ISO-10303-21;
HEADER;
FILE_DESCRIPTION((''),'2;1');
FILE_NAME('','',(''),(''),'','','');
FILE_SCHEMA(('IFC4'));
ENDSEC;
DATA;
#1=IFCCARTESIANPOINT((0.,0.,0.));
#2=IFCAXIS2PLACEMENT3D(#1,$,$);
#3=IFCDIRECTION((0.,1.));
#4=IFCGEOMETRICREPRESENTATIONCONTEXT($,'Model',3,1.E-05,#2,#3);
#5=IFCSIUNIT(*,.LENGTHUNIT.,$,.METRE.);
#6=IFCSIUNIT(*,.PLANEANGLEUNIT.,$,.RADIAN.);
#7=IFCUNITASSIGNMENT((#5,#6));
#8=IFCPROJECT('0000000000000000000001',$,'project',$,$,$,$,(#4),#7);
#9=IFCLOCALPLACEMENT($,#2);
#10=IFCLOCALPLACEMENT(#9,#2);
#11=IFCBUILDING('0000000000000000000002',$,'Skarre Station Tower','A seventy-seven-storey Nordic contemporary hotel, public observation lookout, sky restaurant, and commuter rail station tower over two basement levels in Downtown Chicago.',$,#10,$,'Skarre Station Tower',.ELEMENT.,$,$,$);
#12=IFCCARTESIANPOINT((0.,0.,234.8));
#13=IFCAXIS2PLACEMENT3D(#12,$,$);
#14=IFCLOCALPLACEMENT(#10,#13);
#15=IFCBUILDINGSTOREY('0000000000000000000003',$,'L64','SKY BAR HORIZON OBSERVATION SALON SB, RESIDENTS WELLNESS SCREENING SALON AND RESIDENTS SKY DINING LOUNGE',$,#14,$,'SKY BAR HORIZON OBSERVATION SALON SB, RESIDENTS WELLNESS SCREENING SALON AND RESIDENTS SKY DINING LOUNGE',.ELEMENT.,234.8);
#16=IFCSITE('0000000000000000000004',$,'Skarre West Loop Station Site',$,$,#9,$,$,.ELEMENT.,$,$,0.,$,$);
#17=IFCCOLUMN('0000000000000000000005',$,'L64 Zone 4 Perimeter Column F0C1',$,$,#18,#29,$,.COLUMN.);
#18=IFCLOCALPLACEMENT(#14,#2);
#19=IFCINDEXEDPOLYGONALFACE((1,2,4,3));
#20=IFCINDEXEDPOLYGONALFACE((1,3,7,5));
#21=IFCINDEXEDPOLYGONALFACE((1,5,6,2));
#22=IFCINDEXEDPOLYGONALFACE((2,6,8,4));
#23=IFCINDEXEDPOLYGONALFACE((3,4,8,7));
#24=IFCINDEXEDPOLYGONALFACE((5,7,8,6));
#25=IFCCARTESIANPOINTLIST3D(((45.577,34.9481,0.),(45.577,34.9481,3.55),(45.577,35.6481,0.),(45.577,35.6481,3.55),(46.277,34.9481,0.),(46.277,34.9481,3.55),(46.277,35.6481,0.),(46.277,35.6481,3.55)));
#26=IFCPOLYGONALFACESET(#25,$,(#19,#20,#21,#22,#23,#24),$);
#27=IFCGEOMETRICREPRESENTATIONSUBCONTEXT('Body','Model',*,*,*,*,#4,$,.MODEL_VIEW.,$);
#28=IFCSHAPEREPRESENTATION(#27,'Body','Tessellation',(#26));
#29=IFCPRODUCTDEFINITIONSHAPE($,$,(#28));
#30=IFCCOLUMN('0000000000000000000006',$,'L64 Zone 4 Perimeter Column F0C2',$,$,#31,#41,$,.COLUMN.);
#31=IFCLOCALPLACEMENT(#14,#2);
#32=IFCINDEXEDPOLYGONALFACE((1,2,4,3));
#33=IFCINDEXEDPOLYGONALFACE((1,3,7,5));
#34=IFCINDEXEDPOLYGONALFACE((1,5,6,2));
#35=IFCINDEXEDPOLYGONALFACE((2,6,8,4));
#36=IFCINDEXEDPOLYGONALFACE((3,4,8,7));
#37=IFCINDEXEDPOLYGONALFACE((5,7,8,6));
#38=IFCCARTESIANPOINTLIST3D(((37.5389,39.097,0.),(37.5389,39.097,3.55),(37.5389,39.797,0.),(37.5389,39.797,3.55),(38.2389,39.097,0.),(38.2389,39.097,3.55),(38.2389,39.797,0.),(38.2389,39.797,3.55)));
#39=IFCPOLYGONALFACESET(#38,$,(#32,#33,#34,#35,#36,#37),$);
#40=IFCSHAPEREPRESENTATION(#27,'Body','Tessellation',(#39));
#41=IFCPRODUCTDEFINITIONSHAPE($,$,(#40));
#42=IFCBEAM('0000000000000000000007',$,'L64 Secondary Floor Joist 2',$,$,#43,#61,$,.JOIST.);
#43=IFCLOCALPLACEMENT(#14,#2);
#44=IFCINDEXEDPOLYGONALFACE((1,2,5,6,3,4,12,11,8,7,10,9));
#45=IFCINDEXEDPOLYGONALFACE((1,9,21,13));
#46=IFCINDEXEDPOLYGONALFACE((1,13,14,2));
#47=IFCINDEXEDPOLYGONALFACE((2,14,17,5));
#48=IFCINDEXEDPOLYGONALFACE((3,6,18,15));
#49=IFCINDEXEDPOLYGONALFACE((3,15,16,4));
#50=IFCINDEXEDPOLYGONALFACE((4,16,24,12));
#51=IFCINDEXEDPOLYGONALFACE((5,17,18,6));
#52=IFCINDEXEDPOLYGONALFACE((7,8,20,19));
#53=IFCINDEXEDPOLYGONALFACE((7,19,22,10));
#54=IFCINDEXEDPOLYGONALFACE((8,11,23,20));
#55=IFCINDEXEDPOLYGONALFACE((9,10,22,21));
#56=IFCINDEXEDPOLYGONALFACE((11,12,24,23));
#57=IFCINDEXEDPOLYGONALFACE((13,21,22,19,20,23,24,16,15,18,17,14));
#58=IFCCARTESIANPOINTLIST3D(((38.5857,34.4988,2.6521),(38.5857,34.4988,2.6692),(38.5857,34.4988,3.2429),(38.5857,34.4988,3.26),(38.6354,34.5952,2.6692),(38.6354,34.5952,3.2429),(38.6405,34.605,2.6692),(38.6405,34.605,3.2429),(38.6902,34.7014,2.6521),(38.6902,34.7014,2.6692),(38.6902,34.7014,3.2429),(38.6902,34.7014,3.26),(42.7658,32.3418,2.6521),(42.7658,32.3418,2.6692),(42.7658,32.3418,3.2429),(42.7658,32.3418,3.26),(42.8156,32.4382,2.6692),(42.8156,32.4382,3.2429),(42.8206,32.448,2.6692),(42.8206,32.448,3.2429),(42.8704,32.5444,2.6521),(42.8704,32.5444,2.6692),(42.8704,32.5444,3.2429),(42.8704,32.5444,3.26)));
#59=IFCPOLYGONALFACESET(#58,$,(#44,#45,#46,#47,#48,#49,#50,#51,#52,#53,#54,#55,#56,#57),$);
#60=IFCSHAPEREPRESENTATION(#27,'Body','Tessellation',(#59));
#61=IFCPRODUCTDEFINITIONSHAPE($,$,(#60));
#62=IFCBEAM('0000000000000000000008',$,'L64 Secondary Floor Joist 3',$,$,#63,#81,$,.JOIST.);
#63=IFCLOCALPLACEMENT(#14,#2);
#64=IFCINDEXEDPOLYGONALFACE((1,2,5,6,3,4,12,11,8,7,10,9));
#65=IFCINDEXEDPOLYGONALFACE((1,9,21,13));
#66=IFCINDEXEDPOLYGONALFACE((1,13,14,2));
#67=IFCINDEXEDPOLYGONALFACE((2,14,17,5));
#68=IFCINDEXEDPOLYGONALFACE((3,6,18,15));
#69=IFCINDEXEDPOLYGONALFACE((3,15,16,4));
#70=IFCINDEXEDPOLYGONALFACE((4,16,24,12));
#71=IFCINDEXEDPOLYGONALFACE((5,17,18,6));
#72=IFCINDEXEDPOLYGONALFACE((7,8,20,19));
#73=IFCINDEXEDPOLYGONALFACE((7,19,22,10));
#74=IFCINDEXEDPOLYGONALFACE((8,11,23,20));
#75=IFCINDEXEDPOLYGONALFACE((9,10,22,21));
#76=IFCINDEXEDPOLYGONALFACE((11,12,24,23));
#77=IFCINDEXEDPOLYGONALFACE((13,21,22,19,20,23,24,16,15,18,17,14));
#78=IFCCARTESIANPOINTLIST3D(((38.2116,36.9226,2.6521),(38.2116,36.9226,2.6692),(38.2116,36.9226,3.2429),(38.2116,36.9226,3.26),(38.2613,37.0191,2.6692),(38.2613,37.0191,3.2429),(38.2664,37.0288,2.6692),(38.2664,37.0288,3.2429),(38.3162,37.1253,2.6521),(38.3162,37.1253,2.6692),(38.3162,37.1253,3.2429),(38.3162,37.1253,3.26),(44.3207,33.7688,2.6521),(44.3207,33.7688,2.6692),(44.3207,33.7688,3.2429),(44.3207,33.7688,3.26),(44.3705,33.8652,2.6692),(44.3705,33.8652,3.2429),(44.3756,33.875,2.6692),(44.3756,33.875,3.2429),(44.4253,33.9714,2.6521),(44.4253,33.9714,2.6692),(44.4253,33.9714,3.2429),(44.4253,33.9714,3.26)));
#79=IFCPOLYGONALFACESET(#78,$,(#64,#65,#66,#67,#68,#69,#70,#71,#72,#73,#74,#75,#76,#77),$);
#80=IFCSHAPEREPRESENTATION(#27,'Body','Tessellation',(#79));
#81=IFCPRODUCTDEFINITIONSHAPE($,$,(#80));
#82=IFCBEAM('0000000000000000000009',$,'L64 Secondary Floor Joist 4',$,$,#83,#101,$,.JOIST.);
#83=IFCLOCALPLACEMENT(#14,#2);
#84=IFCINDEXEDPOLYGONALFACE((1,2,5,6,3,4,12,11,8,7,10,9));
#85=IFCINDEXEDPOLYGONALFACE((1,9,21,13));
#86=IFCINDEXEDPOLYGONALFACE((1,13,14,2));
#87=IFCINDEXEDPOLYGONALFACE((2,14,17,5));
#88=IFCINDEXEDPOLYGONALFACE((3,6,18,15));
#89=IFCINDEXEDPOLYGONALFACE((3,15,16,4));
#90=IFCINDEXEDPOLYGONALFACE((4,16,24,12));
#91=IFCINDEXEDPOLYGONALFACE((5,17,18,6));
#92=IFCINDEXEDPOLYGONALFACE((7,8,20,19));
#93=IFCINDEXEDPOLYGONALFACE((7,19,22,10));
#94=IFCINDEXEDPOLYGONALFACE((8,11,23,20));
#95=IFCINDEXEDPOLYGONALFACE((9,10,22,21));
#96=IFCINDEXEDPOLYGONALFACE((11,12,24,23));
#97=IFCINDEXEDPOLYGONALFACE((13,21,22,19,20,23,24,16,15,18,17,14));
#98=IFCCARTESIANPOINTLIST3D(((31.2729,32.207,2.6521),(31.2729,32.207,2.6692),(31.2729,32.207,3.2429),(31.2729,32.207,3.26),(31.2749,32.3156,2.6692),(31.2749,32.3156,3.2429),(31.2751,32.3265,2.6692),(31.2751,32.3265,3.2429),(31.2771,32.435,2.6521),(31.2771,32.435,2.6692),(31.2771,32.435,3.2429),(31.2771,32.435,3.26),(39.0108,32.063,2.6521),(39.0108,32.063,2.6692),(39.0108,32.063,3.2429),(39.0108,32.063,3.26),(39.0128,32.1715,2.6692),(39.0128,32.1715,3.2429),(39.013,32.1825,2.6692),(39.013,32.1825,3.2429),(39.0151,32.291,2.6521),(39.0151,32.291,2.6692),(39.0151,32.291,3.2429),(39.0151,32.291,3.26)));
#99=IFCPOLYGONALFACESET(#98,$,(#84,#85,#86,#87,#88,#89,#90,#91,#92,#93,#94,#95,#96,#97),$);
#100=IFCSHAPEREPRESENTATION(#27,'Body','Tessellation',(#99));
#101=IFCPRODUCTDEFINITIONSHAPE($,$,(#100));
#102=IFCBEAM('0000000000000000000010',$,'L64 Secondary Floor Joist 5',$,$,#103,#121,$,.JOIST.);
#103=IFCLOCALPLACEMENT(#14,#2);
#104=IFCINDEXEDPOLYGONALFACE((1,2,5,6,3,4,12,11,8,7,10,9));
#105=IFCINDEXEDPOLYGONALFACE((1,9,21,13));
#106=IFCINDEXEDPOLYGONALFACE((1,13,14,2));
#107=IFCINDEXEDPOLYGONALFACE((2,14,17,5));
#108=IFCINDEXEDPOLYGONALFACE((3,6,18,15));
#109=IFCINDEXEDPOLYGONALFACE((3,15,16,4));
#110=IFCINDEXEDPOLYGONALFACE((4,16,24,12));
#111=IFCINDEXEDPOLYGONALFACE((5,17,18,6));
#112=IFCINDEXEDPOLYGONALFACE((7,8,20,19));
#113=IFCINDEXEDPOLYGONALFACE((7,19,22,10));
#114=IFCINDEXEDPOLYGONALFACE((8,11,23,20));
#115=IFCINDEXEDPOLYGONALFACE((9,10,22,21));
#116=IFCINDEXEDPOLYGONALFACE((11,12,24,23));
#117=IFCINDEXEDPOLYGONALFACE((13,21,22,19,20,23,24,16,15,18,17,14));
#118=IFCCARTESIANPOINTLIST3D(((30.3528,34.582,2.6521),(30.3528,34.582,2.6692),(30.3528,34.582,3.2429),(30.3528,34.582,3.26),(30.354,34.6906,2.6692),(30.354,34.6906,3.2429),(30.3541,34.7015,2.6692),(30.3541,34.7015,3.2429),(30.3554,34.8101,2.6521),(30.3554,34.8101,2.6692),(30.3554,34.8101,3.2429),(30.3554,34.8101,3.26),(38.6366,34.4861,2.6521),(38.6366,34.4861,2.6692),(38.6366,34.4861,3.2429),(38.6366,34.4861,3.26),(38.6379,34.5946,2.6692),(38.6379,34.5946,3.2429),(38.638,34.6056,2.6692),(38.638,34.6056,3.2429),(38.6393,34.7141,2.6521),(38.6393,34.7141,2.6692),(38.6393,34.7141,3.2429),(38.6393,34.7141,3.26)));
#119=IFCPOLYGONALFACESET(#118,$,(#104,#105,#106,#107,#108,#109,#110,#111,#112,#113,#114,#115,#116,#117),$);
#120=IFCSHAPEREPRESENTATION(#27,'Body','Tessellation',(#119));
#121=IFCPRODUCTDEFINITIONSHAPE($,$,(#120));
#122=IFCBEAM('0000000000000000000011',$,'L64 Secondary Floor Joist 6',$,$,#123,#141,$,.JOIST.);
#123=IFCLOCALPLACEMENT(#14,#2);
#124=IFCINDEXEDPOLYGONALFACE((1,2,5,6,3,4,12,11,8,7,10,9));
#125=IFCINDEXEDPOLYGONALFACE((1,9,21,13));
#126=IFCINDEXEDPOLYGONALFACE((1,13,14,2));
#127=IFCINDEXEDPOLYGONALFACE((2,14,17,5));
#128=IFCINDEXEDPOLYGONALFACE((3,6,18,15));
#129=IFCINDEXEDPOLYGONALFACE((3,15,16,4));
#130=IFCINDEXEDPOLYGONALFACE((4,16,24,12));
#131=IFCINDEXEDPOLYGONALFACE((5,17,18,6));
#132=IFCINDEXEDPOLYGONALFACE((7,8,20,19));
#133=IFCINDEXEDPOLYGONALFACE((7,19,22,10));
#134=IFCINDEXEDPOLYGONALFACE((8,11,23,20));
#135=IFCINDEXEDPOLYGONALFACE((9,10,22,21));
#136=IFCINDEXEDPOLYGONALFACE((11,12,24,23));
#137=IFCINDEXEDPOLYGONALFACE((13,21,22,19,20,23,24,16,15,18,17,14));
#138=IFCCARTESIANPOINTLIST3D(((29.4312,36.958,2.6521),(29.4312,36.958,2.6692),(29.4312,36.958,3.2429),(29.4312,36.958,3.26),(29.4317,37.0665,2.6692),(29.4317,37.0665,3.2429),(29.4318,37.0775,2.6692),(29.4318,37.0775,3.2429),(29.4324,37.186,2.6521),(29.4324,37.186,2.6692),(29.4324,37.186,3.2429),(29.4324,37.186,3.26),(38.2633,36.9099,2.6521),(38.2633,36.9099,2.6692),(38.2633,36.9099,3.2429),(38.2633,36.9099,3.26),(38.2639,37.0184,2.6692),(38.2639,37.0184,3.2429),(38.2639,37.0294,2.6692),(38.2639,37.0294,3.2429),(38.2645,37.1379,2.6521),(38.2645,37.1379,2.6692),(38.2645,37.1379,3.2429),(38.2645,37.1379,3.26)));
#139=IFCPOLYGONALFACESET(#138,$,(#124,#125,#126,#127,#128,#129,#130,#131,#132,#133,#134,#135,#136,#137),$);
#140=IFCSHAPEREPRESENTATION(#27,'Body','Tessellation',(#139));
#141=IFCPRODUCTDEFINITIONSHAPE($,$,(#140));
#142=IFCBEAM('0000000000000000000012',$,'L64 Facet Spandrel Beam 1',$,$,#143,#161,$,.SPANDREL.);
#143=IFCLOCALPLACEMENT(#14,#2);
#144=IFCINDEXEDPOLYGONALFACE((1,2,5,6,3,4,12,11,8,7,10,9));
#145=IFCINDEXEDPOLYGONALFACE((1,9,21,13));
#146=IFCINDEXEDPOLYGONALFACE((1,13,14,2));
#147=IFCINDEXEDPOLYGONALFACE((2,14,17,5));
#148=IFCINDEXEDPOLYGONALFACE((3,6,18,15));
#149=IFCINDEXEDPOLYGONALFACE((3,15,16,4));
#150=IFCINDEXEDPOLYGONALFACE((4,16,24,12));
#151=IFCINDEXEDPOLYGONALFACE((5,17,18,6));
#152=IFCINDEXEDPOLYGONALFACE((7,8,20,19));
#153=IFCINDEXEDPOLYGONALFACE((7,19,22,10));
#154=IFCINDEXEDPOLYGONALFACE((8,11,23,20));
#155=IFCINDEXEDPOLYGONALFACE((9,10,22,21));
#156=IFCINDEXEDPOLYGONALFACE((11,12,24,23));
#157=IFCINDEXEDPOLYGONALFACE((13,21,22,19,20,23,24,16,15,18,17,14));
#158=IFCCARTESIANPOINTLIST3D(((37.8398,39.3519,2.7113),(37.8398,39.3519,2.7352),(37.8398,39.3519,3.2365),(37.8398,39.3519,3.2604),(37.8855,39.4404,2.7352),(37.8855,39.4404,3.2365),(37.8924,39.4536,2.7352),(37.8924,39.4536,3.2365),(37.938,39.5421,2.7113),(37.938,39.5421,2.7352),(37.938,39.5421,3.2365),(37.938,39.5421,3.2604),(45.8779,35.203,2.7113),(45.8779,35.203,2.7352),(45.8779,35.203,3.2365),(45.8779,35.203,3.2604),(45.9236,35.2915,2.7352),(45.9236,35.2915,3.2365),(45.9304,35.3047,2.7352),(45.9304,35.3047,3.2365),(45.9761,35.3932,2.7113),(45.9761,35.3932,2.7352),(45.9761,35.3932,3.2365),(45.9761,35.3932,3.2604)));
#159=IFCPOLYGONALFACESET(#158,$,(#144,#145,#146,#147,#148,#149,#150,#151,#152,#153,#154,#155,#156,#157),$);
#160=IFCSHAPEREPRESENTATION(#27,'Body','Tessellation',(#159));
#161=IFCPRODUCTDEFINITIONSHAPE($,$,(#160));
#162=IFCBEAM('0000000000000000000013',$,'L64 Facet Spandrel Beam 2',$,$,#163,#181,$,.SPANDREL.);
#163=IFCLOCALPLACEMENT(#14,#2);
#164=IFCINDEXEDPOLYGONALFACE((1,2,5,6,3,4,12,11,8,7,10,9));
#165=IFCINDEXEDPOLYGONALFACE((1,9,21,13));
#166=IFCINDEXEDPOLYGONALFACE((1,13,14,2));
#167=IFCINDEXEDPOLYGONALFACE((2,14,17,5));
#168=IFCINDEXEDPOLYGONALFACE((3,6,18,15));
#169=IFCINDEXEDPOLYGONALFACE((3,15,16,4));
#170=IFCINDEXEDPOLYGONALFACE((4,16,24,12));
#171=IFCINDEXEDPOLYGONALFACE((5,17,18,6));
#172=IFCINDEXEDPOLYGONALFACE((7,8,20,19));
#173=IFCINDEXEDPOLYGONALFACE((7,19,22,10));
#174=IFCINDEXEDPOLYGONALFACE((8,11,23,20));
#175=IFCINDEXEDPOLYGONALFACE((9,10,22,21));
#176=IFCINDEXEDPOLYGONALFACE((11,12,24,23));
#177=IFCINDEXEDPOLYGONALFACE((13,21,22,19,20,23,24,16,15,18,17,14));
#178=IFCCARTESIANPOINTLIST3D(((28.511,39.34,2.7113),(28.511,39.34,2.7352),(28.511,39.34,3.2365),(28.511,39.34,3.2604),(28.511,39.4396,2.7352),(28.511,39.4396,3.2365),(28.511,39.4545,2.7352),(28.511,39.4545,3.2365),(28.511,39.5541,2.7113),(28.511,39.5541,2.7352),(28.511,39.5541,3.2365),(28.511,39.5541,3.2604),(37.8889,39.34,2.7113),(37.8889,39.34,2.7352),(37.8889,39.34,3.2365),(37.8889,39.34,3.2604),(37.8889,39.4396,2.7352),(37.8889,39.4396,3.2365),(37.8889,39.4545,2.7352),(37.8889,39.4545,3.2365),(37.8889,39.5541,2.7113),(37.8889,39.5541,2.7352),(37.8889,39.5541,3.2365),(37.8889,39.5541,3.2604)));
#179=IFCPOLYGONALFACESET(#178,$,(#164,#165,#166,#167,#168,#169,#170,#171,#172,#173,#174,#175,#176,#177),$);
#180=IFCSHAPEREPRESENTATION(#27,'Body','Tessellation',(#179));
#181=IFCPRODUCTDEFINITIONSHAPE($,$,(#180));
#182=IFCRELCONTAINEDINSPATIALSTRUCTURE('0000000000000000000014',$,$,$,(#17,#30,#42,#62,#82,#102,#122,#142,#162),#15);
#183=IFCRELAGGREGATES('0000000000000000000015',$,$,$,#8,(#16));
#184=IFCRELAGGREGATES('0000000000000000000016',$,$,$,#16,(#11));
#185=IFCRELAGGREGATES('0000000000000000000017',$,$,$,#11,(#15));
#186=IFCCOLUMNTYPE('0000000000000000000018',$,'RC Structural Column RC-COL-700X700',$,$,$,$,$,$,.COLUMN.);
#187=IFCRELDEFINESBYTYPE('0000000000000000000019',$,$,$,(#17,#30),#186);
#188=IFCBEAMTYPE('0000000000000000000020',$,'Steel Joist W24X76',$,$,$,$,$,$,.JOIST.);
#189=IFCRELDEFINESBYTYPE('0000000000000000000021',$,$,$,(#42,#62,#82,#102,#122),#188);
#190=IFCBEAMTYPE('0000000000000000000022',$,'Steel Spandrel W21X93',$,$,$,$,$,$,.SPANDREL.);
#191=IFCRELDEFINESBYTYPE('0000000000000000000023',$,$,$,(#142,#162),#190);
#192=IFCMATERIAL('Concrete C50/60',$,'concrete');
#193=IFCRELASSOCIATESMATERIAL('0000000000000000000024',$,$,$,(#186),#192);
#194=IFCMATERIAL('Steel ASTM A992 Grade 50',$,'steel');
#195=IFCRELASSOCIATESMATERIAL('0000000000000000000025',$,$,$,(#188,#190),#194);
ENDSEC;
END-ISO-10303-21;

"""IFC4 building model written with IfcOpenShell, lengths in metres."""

from ifc_helpers import new_model, si_unit, direction, frame, origin, origin_2d, place, context, subcontext, project, spatial, rectangle, i_section, extrude, material, material_profile, profile_set, type_object, element, save


model = new_model("IFC4")

# Units and contexts
model_context = context("Model", 3, precision=1e-05, world=origin(), true_north=direction((0.0, 1.0)))
body_context = subcontext(model_context, "Body", "Model", "MODEL_VIEW")
ifc_project = project(units=[si_unit("LENGTHUNIT", "METRE"), si_unit("PLANEANGLEUNIT", "RADIAN")], contexts=[model_context])

# Site, building, storey
site_placement = place(None, origin())
site = spatial("IfcSite", under=ifc_project, at=site_placement, Name="Skarre West Loop Station Site", CompositionType="ELEMENT", RefElevation=0.0)
building_placement = place(site_placement, origin())
building = spatial("IfcBuilding", under=site, at=building_placement, Name="Skarre Station Tower", Description="A seventy-seven-storey Nordic contemporary hotel, public observation lookout, sky restaurant, and commuter rail station tower over two basement levels in Downtown Chicago.", LongName="Skarre Station Tower", CompositionType="ELEMENT")
storey_placement = place(building_placement, frame((0.0, 0.0, 234.8)))
storey = spatial("IfcBuildingStorey", under=building, at=storey_placement, Name="L64", Description="SKY BAR HORIZON OBSERVATION SALON SB, RESIDENTS WELLNESS SCREENING SALON AND RESIDENTS SKY DINING LOUNGE", LongName="SKY BAR HORIZON OBSERVATION SALON SB, RESIDENTS WELLNESS SCREENING SALON AND RESIDENTS SKY DINING LOUNGE", CompositionType="ELEMENT", Elevation=234.8)

# Columns
ifc_material_1 = material(Name="Concrete C50/60", Category="concrete")
ifc_material_profile_1 = material_profile(ifc_material_1, rectangle(XDim=0.7, YDim=0.7, at=origin_2d()), Name="Concrete C50/60")
ifc_profile_set_1 = profile_set([ifc_material_profile_1], Name="Concrete C50/60")
column_type = type_object("IfcColumnType", Name="RC Structural Column RC-COL-700X700", PredefinedType="COLUMN", material=ifc_profile_set_1)
for number, where, z_axis, x_axis, name in (
    (1, (45.927, 35.2981, 0.0), (0.0, 0.0, 1.0), (1.0, 0.0, 0.0), "L64 Zone 4 Perimeter Column F0C1"),
    (2, (37.8889, 39.447, 0.0), (0.0, 0.0, 1.0), (1.0, 0.0, 0.0), "L64 Zone 4 Perimeter Column F0C2"),
):
    element("IfcColumn", number, at=place(storey_placement, frame(where, z_axis=z_axis, x_axis=x_axis)), inside=storey, type_object=column_type, Name=name, PredefinedType="COLUMN", context=body_context, shape_type="SweptSolid", body=[
        extrude(rectangle(XDim=0.7, YDim=0.7, at=origin_2d()), origin(), (0.0, 0.0, 1.0), 3.55),
    ])

# Beams
ifc_material_2 = material(Name="Steel ASTM A992 Grade 50", Category="steel")
ifc_material_profile_2 = material_profile(ifc_material_2, i_section(OverallWidth=0.228, OverallDepth=0.6079, WebThickness=0.011, FlangeThickness=0.0171, at=origin_2d()), Name="Steel ASTM A992 Grade 50")
ifc_profile_set_2 = profile_set([ifc_material_profile_2], Name="Steel ASTM A992 Grade 50")
beam_type_1 = type_object("IfcBeamType", Name="Steel Joist W24X76", PredefinedType="JOIST", material=ifc_profile_set_2)
beam_1_placement = place(storey_placement, frame((42.8181, 32.4431, 2.9561), z_axis=(-0.888666, 0.458554, 0.0), x_axis=(-0.458554, -0.888666, 0.0)))
element("IfcBeam", 3, at=beam_1_placement, inside=storey, type_object=beam_type_1, Name="L64 Secondary Floor Joist 2", PredefinedType="JOIST", context=body_context, shape_type="SweptSolid", body=[
    extrude(i_section(OverallWidth=0.228, OverallDepth=0.6079, WebThickness=0.011, FlangeThickness=0.0171, at=origin_2d()), origin(), (0.0, 0.0, 1.0), 4.7039),
])
beam_2_placement = place(storey_placement, frame((44.373, 33.8701, 2.9561), z_axis=(-0.888579, 0.458724, 0.0), x_axis=(-0.458724, -0.888579, 0.0)))
element("IfcBeam", 4, at=beam_2_placement, inside=storey, type_object=beam_type_1, Name="L64 Secondary Floor Joist 3", PredefinedType="JOIST", context=body_context, shape_type="SweptSolid", body=[
    extrude(i_section(OverallWidth=0.228, OverallDepth=0.6079, WebThickness=0.011, FlangeThickness=0.0171, at=origin_2d()), origin(), (0.0, 0.0, 1.0), 6.8752),
])
beam_3_placement = place(storey_placement, frame((39.0129, 32.177, 2.9561), z_axis=(-0.999827, 0.018612, 0.0), x_axis=(-0.018612, -0.999827, 0.0)))
element("IfcBeam", 5, at=beam_3_placement, inside=storey, type_object=beam_type_1, Name="L64 Secondary Floor Joist 4", PredefinedType="JOIST", context=body_context, shape_type="SweptSolid", body=[
    extrude(i_section(OverallWidth=0.228, OverallDepth=0.6079, WebThickness=0.011, FlangeThickness=0.0171, at=origin_2d()), origin(), (0.0, 0.0, 1.0), 7.7393),
])
beam_4_placement = place(storey_placement, frame((38.6379, 34.6001, 2.9561), z_axis=(-0.999933, 0.011582, 0.0), x_axis=(-0.011582, -0.999933, 0.0)))
element("IfcBeam", 6, at=beam_4_placement, inside=storey, type_object=beam_type_1, Name="L64 Secondary Floor Joist 5", PredefinedType="JOIST", context=body_context, shape_type="SweptSolid", body=[
    extrude(i_section(OverallWidth=0.228, OverallDepth=0.6079, WebThickness=0.011, FlangeThickness=0.0171, at=origin_2d()), origin(), (0.0, 0.0, 1.0), 8.2844),
])
beam_5_placement = place(storey_placement, frame((38.2639, 37.0239, 2.9561), z_axis=(-0.999985, 0.005446, 0.0), x_axis=(-0.005446, -0.999985, 0.0)))
element("IfcBeam", 7, at=beam_5_placement, inside=storey, type_object=beam_type_1, Name="L64 Secondary Floor Joist 6", PredefinedType="JOIST", context=body_context, shape_type="SweptSolid", body=[
    extrude(i_section(OverallWidth=0.228, OverallDepth=0.6079, WebThickness=0.011, FlangeThickness=0.0171, at=origin_2d()), origin(), (0.0, 0.0, 1.0), 8.8323),
])
ifc_material_profile_3 = material_profile(ifc_material_2, i_section(OverallWidth=0.2141, OverallDepth=0.5491, WebThickness=0.0149, FlangeThickness=0.0239, at=origin_2d()), Name="Steel ASTM A992 Grade 50")
ifc_profile_set_3 = profile_set([ifc_material_profile_3], Name="Steel ASTM A992 Grade 50")
beam_type_2 = type_object("IfcBeamType", Name="Steel Spandrel W21X93", PredefinedType="SPANDREL", material=ifc_profile_set_3)
beam_6_placement = place(storey_placement, frame((45.927, 35.2981, 2.9858), z_axis=(-0.88861, 0.458664, 0.0), x_axis=(-0.458664, -0.88861, 0.0)))
element("IfcBeam", 8, at=beam_6_placement, inside=storey, type_object=beam_type_2, Name="L64 Facet Spandrel Beam 1", PredefinedType="SPANDREL", context=body_context, shape_type="SweptSolid", body=[
    extrude(i_section(OverallWidth=0.2141, OverallDepth=0.5491, WebThickness=0.0149, FlangeThickness=0.0239, at=origin_2d()), origin(), (0.0, 0.0, 1.0), 9.0457),
])
beam_7_placement = place(storey_placement, frame((37.8889, 39.447, 2.9858), z_axis=(-1.0, 0.0, 0.0), x_axis=(0.0, -1.0, 0.0)))
element("IfcBeam", 9, at=beam_7_placement, inside=storey, type_object=beam_type_2, Name="L64 Facet Spandrel Beam 2", PredefinedType="SPANDREL", context=body_context, shape_type="SweptSolid", body=[
    extrude(i_section(OverallWidth=0.2141, OverallDepth=0.5491, WebThickness=0.0149, FlangeThickness=0.0239, at=origin_2d()), origin(), (0.0, 0.0, 1.0), 9.3779),
])

save(model, "model.ifc")
